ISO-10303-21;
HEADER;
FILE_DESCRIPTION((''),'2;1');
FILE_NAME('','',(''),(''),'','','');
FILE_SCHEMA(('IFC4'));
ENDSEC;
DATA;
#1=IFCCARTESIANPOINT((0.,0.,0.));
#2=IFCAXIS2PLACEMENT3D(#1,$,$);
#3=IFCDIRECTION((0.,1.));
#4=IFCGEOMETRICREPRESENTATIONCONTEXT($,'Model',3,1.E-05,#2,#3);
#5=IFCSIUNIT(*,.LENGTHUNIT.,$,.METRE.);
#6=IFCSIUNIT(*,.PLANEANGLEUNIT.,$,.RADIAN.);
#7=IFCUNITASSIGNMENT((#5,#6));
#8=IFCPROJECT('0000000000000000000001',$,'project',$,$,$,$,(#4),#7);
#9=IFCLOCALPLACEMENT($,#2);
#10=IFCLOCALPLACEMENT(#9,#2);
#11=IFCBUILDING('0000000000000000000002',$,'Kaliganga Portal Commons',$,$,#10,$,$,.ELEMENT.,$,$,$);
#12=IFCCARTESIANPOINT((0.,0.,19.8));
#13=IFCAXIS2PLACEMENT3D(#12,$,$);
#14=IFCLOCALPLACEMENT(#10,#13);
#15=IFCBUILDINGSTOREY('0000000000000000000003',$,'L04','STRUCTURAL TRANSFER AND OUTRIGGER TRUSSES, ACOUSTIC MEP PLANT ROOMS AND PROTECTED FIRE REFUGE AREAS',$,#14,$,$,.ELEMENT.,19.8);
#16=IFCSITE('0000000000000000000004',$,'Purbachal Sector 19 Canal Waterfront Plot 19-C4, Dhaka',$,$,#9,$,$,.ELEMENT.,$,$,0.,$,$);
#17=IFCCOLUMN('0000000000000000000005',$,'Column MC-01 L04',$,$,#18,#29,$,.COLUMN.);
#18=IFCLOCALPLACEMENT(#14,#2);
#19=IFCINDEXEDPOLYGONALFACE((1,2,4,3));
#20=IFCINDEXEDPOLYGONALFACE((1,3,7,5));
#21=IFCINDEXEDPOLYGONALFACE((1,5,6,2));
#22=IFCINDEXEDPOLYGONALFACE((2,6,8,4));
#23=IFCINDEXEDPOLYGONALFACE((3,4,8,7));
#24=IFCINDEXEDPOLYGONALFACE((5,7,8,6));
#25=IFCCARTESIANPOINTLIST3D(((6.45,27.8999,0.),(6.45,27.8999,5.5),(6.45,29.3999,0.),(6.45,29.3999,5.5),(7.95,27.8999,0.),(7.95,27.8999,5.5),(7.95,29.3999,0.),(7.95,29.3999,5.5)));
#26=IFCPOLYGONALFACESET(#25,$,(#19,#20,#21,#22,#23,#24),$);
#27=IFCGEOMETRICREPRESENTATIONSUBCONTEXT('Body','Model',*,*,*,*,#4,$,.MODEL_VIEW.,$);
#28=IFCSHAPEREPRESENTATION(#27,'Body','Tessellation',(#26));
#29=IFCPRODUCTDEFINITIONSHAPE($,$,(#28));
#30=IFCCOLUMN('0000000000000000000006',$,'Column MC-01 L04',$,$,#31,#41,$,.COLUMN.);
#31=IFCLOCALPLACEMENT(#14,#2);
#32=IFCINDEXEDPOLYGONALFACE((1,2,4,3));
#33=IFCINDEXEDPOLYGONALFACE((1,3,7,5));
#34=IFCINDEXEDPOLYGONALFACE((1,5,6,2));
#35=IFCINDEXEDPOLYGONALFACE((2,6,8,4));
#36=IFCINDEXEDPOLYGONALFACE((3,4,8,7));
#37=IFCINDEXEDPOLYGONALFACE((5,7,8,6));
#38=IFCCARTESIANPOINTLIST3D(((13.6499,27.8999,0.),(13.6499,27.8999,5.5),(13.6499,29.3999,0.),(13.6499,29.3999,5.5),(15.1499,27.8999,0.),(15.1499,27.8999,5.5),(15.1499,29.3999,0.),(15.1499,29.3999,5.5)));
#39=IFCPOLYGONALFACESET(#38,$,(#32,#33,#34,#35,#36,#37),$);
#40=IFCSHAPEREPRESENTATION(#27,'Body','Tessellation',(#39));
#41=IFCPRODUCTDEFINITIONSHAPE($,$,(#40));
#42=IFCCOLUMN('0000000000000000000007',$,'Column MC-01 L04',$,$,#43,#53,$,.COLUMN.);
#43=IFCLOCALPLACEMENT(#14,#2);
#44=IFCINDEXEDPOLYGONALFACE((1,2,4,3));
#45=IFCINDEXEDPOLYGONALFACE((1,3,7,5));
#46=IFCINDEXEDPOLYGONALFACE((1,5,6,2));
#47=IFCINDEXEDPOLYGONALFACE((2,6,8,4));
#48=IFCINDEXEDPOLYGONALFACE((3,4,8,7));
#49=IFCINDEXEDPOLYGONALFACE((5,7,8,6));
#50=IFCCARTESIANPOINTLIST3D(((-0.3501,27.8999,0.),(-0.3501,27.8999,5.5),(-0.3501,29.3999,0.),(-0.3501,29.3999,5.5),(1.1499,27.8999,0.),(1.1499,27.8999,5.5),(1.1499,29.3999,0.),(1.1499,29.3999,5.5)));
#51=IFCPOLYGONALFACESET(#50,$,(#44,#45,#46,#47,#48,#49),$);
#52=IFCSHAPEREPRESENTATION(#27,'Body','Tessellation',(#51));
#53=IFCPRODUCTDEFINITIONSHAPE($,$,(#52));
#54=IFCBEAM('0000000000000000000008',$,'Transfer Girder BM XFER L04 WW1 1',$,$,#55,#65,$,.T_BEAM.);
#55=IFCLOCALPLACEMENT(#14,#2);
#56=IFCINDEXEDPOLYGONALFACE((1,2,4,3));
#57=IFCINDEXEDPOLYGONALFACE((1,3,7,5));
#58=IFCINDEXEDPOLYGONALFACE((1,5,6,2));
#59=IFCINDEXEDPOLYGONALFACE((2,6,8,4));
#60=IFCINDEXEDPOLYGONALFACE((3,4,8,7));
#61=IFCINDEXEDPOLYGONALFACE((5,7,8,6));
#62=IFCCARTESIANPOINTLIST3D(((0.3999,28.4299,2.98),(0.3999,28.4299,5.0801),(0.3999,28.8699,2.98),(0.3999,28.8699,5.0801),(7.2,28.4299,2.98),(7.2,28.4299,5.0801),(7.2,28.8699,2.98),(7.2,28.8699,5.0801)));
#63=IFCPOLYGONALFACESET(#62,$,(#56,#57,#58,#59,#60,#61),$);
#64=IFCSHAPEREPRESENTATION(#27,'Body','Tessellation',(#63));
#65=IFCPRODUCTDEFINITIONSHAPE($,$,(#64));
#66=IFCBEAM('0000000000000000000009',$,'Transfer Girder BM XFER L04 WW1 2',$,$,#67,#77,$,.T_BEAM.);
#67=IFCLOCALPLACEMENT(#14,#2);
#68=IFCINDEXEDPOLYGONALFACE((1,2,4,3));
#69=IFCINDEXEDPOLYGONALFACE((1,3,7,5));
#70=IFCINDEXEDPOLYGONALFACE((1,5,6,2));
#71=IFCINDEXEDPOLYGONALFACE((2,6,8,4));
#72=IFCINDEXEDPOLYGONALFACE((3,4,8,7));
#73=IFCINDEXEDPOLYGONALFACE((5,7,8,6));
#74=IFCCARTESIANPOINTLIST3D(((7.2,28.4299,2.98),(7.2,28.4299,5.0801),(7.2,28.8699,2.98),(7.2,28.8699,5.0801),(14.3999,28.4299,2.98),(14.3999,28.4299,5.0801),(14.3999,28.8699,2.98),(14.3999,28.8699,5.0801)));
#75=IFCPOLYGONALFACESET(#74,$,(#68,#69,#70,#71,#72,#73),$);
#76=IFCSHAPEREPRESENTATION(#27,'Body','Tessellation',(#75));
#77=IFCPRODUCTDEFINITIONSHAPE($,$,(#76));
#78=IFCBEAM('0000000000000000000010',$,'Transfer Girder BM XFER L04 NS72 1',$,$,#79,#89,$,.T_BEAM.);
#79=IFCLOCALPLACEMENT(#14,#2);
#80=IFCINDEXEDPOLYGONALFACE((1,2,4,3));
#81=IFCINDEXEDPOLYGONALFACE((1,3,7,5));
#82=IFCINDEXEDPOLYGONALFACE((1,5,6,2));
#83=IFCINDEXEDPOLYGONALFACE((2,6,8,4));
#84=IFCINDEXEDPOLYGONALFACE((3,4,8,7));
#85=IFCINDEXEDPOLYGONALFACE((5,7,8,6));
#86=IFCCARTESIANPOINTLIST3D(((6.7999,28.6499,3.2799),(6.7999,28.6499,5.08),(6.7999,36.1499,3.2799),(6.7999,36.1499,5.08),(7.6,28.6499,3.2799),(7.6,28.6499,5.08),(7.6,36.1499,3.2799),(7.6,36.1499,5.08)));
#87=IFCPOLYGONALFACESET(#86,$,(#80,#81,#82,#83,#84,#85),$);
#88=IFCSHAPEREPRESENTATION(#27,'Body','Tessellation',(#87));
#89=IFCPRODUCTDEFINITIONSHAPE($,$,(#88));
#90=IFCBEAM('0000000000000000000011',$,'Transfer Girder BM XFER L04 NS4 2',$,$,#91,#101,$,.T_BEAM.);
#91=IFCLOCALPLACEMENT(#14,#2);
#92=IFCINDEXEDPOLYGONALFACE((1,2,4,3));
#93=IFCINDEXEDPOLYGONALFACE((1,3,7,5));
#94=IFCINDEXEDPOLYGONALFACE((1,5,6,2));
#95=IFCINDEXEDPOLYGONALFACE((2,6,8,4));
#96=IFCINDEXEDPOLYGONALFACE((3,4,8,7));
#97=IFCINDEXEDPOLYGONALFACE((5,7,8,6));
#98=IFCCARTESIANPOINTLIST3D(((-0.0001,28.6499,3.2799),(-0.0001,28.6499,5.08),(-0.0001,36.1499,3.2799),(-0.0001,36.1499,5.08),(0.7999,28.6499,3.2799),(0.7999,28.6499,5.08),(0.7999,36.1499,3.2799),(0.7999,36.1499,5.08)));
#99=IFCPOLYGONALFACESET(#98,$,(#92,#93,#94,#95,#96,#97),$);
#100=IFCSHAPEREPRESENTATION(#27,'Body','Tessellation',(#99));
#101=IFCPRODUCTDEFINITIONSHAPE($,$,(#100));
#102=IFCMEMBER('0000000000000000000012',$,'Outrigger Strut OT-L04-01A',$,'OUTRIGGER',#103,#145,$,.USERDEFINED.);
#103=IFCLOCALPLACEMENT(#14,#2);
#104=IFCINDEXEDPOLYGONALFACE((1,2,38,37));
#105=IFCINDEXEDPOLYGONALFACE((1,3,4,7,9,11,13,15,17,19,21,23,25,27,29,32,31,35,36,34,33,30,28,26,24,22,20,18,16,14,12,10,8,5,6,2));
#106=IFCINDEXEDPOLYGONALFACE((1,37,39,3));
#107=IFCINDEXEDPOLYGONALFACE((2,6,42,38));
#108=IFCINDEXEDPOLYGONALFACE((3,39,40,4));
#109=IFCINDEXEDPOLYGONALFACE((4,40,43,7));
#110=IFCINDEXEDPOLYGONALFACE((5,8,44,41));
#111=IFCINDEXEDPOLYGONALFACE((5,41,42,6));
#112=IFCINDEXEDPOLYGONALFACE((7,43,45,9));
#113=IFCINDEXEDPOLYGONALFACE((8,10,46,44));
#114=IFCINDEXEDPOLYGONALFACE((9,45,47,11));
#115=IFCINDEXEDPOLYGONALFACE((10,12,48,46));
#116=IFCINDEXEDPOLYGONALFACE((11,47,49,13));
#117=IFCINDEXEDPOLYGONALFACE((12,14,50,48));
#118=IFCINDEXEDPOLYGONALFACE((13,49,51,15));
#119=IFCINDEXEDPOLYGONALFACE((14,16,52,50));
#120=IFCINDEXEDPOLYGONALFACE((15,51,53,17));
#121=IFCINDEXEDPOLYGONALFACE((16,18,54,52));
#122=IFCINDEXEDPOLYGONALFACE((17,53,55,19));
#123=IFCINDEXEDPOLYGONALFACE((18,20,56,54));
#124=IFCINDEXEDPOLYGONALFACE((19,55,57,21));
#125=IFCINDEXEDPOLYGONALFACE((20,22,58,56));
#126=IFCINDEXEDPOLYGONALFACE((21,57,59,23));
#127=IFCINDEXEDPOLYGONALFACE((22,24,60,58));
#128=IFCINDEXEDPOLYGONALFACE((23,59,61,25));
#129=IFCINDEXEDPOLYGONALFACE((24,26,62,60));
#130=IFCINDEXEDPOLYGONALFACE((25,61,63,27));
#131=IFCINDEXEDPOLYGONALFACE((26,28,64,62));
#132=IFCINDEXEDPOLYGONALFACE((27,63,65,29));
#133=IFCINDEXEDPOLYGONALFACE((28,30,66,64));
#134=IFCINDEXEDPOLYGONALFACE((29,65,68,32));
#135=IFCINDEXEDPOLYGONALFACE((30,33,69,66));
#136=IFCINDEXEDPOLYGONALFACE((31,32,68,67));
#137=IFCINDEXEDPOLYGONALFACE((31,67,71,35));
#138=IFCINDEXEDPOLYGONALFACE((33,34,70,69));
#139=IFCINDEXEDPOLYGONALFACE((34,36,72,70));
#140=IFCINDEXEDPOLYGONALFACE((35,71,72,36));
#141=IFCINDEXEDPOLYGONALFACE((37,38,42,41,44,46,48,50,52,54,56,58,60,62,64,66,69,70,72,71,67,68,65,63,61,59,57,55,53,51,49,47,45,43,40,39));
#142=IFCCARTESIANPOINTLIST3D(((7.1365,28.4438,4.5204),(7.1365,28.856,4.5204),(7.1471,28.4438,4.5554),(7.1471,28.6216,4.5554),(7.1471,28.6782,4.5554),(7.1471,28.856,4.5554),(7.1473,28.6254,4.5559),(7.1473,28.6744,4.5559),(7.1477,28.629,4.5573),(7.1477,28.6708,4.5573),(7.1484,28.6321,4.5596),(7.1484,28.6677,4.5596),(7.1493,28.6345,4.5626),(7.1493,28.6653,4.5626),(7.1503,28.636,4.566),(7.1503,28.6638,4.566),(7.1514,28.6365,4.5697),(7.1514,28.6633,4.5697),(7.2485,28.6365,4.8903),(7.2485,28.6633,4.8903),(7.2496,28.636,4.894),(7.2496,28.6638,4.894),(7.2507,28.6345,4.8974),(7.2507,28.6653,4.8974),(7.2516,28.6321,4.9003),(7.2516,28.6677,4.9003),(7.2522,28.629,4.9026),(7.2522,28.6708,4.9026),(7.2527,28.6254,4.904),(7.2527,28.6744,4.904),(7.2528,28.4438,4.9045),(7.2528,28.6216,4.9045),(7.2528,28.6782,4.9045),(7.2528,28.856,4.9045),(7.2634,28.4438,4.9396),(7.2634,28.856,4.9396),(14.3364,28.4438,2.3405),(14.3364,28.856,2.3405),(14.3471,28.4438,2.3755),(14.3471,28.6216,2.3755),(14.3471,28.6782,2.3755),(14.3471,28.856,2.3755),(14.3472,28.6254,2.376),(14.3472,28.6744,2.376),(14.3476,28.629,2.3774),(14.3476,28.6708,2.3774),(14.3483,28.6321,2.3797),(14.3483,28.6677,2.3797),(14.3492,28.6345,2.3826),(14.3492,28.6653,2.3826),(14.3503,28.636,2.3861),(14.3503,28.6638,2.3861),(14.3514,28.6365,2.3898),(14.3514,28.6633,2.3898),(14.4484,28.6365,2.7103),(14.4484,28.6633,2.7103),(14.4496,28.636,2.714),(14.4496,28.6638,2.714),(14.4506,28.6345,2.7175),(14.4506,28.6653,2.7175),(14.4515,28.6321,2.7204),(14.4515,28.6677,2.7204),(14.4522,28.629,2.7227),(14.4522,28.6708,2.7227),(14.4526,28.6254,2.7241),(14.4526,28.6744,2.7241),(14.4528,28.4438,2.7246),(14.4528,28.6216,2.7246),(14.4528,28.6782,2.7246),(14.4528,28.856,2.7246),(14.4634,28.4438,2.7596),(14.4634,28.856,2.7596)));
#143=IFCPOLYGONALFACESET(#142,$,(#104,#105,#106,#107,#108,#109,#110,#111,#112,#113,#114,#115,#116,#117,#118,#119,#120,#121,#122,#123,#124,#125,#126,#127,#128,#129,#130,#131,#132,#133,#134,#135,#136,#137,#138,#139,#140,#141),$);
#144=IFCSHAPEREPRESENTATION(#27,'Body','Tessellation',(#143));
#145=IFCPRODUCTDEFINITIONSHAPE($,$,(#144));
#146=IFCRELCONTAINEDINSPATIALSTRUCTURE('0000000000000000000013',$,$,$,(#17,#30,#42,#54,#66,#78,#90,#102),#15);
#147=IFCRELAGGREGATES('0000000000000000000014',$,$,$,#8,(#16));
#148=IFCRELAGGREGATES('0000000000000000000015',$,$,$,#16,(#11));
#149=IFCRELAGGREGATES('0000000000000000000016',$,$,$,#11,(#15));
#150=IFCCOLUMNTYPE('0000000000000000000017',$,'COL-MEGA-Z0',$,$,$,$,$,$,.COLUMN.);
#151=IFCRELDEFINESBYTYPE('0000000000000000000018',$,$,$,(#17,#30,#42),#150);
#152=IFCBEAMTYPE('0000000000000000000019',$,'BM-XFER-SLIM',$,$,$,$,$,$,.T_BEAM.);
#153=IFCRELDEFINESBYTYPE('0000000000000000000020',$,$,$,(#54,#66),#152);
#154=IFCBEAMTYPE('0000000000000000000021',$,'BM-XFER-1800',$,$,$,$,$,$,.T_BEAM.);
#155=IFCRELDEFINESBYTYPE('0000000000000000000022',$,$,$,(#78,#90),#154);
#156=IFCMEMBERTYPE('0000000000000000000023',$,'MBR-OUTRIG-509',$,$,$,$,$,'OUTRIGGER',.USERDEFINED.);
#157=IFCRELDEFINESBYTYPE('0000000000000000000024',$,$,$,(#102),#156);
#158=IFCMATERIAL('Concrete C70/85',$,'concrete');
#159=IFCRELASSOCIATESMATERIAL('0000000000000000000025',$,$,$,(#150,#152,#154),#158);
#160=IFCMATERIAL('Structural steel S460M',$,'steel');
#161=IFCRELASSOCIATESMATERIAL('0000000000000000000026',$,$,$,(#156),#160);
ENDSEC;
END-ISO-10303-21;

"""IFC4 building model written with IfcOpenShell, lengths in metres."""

from ifc_helpers import new_model, si_unit, direction, frame, origin, origin_2d, place, context, subcontext, project, spatial, rectangle, i_section, extrude, source, transform, mapped, material, material_profile, profile_set, type_object, element, save


model = new_model("IFC4")

# Units and contexts
model_context = context("Model", 3, precision=1e-05, world=origin(), true_north=direction((0.0, 1.0)))
body_context = subcontext(model_context, "Body", "Model", "MODEL_VIEW")
ifc_project = project(units=[si_unit("LENGTHUNIT", "METRE"), si_unit("PLANEANGLEUNIT", "RADIAN")], contexts=[model_context])

# Site, building, storey
site_placement = place(None, origin())
site = spatial("IfcSite", under=ifc_project, at=site_placement, Name="Purbachal Sector 19 Canal Waterfront Plot 19-C4, Dhaka", CompositionType="ELEMENT", RefElevation=0.0)
building_placement = place(site_placement, origin())
building = spatial("IfcBuilding", under=site, at=building_placement, Name="Kaliganga Portal Commons", CompositionType="ELEMENT")
storey_placement = place(building_placement, frame((0.0, 0.0, 19.8)))
storey = spatial("IfcBuildingStorey", under=building, at=storey_placement, Name="L04", Description="STRUCTURAL TRANSFER AND OUTRIGGER TRUSSES, ACOUSTIC MEP PLANT ROOMS AND PROTECTED FIRE REFUGE AREAS", CompositionType="ELEMENT", Elevation=19.8)

# Columns
ifc_material_1 = material(Name="Concrete C70/85", Category="concrete")
ifc_material_profile_1 = material_profile(ifc_material_1, rectangle(XDim=1.5, YDim=1.5, at=origin_2d()), Name="RC 1500x1500")
ifc_profile_set_1 = profile_set([ifc_material_profile_1], Name="Concrete C70/85")
column_type = type_object("IfcColumnType", Name="COL-MEGA-Z0", PredefinedType="COLUMN", material=ifc_profile_set_1)
shared_shape_1 = source(origin(), body_context, "Body", "SweptSolid", [
    extrude(rectangle(XDim=1.5, YDim=1.5, at=origin_2d()), origin(), (0.0, 0.0, 1.0), 5.5),
])
for number, where, z_axis, x_axis, name in (
    (1, (7.2, 28.6499, 0.0), (0.0, 0.0, 1.0), (1.0, 0.0, 0.0), "Column MC-01 L04"),
    (2, (14.3999, 28.6499, 0.0), (0.0, 0.0, 1.0), (1.0, 0.0, 0.0), "Column MC-01 L04"),
    (3, (0.3999, 28.6499, 0.0), (0.0, 0.0, 1.0), (1.0, 0.0, 0.0), "Column MC-01 L04"),
):
    element("IfcColumn", number, at=place(storey_placement, frame(where, z_axis=z_axis, x_axis=x_axis)), inside=storey, type_object=column_type, Name=name, PredefinedType="COLUMN", context=body_context, shape_type="MappedRepresentation", body=[
        mapped(shared_shape_1, transform((0.0, 0.0, 0.0), x_axis=(1.0, 0.0, 0.0), y_axis=(0.0, 1.0, 0.0), z_axis=(0.0, 0.0, 1.0), scale=1.0)),
    ])

# Beams
ifc_material_profile_2 = material_profile(ifc_material_1, rectangle(XDim=0.4399, YDim=2.1001, at=origin_2d()), Name="RC 440x2100")
ifc_profile_set_2 = profile_set([ifc_material_profile_2], Name="Concrete C70/85")
beam_type_1 = type_object("IfcBeamType", Name="BM-XFER-SLIM", PredefinedType="T_BEAM", material=ifc_profile_set_2)
shared_shape_2 = source(origin(), body_context, "Body", "SweptSolid", [
    extrude(rectangle(XDim=0.4399, YDim=2.1001, at=origin_2d()), origin(), (0.0, 0.0, 1.0), 6.8),
])
beam_1_placement = place(storey_placement, frame((0.3999, 28.6499, 4.03), z_axis=(1.0, 0.0, 0.0), x_axis=(0.0, 1.0, 0.0)))
element("IfcBeam", 4, at=beam_1_placement, inside=storey, type_object=beam_type_1, Name="Transfer Girder BM XFER L04 WW1 1", PredefinedType="T_BEAM", context=body_context, shape_type="MappedRepresentation", body=[
    mapped(shared_shape_2, transform((0.0, 0.0, 0.0), x_axis=(1.0, 0.0, 0.0), y_axis=(0.0, 1.0, 0.0), z_axis=(0.0, 0.0, 1.0), scale=1.0)),
])
shared_shape_3 = source(origin(), body_context, "Body", "SweptSolid", [
    extrude(rectangle(XDim=0.4399, YDim=2.1001, at=origin_2d()), origin(), (0.0, 0.0, 1.0), 7.2),
])
beam_2_placement = place(storey_placement, frame((7.2, 28.6499, 4.03), z_axis=(1.0, 0.0, 0.0), x_axis=(0.0, 1.0, 0.0)))
element("IfcBeam", 5, at=beam_2_placement, inside=storey, type_object=beam_type_1, Name="Transfer Girder BM XFER L04 WW1 2", PredefinedType="T_BEAM", context=body_context, shape_type="MappedRepresentation", body=[
    mapped(shared_shape_3, transform((0.0, 0.0, 0.0), x_axis=(1.0, 0.0, 0.0), y_axis=(0.0, 1.0, 0.0), z_axis=(0.0, 0.0, 1.0), scale=1.0)),
])
ifc_material_profile_3 = material_profile(ifc_material_1, rectangle(XDim=0.8, YDim=1.8, at=origin_2d()), Name="RC 800x1800")
ifc_profile_set_3 = profile_set([ifc_material_profile_3], Name="Concrete C70/85")
beam_type_2 = type_object("IfcBeamType", Name="BM-XFER-1800", PredefinedType="T_BEAM", material=ifc_profile_set_3)
shared_shape_4 = source(origin(), body_context, "Body", "SweptSolid", [
    extrude(rectangle(XDim=0.8, YDim=1.8, at=origin_2d()), origin(), (0.0, 0.0, 1.0), 7.5),
])
for number, where, z_axis, x_axis, name in (
    (6, (7.2, 28.6499, 4.1799), (0.0, 1.0, 0.0), (-1.0, 0.0, 0.0), "Transfer Girder BM XFER L04 NS72 1"),
    (7, (0.3999, 28.6499, 4.1799), (0.0, 1.0, 0.0), (-1.0, 0.0, 0.0), "Transfer Girder BM XFER L04 NS4 2"),
):
    element("IfcBeam", number, at=place(storey_placement, frame(where, z_axis=z_axis, x_axis=x_axis)), inside=storey, type_object=beam_type_2, Name=name, PredefinedType="T_BEAM", context=body_context, shape_type="MappedRepresentation", body=[
        mapped(shared_shape_4, transform((0.0, 0.0, 0.0), x_axis=(1.0, 0.0, 0.0), y_axis=(0.0, 1.0, 0.0), z_axis=(0.0, 0.0, 1.0), scale=1.0)),
    ])

# Member
ifc_material_2 = material(Name="Structural steel S460M", Category="steel")
ifc_material_profile_4 = material_profile(ifc_material_2, i_section(OverallWidth=0.4121, OverallDepth=0.438, WebThickness=0.0269, FlangeThickness=0.0366, FilletRadius=0.0149, at=origin_2d()), Name="HD 400x463")
ifc_profile_set_4 = profile_set([ifc_material_profile_4], Name="Structural steel S460M wide-flange")
member_type_1 = type_object("IfcMemberType", Name="MBR-OUTRIG-509", ElementType="OUTRIGGER", PredefinedType="USERDEFINED", material=ifc_profile_set_4)
shared_shape_5 = source(origin(), body_context, "Body", "SweptSolid", [
    extrude(i_section(OverallWidth=0.4121, OverallDepth=0.438, WebThickness=0.0269, FlangeThickness=0.0366, FilletRadius=0.0149, at=origin_2d()), origin(), (0.0, 0.0, 1.0), 7.5227),
])
member_1_placement = place(storey_placement, frame((14.3999, 28.6499, 2.55), z_axis=(-0.957093, 0.0, 0.28978), x_axis=(0.0, -1.0, 0.0)))
element("IfcMember", 8, at=member_1_placement, inside=storey, type_object=member_type_1, Name="Outrigger Strut OT-L04-01A", ObjectType="OUTRIGGER", PredefinedType="USERDEFINED", context=body_context, shape_type="MappedRepresentation", body=[
    mapped(shared_shape_5, transform((0.0, 0.0, 0.0), x_axis=(1.0, 0.0, 0.0), y_axis=(0.0, 1.0, 0.0), z_axis=(0.0, 0.0, 1.0), scale=1.0)),
])

save(model, "model.ifc")
